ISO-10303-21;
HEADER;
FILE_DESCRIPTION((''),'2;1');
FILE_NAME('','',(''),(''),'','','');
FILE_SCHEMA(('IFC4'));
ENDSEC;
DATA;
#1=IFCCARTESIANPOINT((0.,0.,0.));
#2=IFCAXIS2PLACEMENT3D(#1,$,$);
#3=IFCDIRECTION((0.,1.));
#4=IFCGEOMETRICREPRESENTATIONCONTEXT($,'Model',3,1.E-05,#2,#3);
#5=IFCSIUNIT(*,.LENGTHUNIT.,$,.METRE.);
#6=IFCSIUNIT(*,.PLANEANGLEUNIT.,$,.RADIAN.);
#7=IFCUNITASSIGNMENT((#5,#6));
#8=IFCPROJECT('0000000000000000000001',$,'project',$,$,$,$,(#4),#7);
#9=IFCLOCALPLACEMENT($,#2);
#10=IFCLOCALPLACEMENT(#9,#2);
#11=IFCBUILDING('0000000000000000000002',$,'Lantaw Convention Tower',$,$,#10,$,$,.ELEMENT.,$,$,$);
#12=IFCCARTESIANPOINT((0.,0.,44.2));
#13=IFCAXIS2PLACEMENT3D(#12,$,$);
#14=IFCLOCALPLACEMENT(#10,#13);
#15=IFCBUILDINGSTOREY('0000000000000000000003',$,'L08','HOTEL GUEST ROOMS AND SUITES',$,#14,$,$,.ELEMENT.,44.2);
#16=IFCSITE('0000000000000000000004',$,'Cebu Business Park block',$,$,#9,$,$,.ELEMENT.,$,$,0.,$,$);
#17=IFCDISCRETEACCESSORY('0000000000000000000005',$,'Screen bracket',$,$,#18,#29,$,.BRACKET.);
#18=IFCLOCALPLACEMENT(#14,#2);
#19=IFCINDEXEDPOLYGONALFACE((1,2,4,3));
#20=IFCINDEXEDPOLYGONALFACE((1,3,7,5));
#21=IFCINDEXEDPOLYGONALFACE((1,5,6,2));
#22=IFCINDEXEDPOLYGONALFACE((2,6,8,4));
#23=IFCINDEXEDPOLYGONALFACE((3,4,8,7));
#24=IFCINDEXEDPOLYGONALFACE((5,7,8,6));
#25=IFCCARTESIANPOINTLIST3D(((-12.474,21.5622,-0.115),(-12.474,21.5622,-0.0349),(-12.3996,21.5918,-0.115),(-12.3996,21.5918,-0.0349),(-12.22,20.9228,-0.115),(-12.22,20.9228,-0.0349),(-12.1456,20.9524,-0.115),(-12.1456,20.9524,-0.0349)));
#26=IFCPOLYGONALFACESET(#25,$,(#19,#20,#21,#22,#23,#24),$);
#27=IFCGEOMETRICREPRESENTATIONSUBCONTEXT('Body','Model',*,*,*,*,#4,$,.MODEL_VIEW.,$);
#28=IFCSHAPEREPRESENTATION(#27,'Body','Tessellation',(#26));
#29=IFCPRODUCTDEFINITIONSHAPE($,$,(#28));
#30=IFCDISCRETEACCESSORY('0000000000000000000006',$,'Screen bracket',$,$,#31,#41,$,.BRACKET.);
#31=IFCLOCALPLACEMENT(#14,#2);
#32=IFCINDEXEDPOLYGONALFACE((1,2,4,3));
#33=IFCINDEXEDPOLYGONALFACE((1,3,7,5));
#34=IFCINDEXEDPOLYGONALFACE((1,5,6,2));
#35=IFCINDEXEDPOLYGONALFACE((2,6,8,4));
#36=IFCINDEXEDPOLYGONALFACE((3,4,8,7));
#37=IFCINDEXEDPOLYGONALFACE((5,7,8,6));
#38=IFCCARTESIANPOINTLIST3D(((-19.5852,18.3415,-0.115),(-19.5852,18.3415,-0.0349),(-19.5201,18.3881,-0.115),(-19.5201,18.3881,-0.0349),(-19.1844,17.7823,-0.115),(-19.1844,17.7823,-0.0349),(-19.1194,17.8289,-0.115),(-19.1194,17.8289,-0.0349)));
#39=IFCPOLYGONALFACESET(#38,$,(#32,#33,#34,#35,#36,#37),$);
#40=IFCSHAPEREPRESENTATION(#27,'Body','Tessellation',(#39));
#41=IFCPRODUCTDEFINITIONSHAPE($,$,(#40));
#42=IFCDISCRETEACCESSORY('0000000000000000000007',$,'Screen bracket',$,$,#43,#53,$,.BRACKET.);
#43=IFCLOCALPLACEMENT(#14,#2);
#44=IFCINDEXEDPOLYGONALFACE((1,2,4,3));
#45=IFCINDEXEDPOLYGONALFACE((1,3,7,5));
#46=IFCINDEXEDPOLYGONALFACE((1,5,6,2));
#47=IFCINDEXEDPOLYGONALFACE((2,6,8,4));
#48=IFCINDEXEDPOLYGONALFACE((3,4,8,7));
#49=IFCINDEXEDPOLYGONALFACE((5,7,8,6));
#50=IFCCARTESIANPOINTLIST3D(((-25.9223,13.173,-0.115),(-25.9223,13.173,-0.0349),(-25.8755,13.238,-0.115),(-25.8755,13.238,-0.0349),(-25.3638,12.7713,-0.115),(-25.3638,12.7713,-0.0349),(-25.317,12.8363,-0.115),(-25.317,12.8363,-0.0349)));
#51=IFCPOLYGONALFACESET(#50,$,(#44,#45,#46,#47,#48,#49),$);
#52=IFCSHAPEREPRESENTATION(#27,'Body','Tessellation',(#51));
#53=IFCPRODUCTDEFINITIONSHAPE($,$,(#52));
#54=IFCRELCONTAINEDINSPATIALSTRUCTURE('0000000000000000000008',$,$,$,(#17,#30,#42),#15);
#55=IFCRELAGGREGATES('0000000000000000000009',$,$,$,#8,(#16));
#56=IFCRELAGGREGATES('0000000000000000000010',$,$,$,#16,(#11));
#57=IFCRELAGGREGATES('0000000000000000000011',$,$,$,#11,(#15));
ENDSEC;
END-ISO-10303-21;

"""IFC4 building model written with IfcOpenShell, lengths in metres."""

from ifc_helpers import new_model, si_unit, direction, frame, origin, origin_2d, place, context, subcontext, project, spatial, rectangle, extrude, element, save


model = new_model("IFC4")

# Units and contexts
model_context = context("Model", 3, precision=1e-05, world=origin(), true_north=direction((0.0, 1.0)))
body_context = subcontext(model_context, "Body", "Model", "MODEL_VIEW")
ifc_project = project(units=[si_unit("LENGTHUNIT", "METRE"), si_unit("PLANEANGLEUNIT", "RADIAN")], contexts=[model_context])

# Site, building, storey
site_placement = place(None, origin())
site = spatial("IfcSite", under=ifc_project, at=site_placement, Name="Cebu Business Park block", CompositionType="ELEMENT", RefElevation=0.0)
building_placement = place(site_placement, origin())
building = spatial("IfcBuilding", under=site, at=building_placement, Name="Lantaw Convention Tower", CompositionType="ELEMENT")
storey_placement = place(building_placement, frame((0.0, 0.0, 44.2)))
storey = spatial("IfcBuildingStorey", under=building, at=storey_placement, Name="L08", Description="HOTEL GUEST ROOMS AND SUITES", CompositionType="ELEMENT", Elevation=44.2)

# Discrete accessories
for number, where, z_axis, x_axis, name in (
    (1, (-12.3098, 21.2573, -0.115), (0.0, 0.0, 1.0), (-0.929361, -0.369172, 0.0), "Screen bracket"),
    (2, (-19.3523, 18.0852, -0.115), (0.0, 0.0, 1.0), (-0.812804, -0.582538, 0.0), "Screen bracket"),
    (3, (-25.6196, 13.0046, -0.115), (0.0, 0.0, 1.0), (-0.583951, -0.811789, 0.0), "Screen bracket"),
):
    element("IfcDiscreteAccessory", number, at=place(storey_placement, frame(where, z_axis=z_axis, x_axis=x_axis)), inside=storey, Name=name, PredefinedType="BRACKET", context=body_context, shape_type="SweptSolid", body=[
        extrude(rectangle(XDim=0.0801, YDim=0.688, at=origin_2d()), origin(), (0.0, 0.0, 1.0), 0.0801),
    ])

save(model, "model.ifc")
